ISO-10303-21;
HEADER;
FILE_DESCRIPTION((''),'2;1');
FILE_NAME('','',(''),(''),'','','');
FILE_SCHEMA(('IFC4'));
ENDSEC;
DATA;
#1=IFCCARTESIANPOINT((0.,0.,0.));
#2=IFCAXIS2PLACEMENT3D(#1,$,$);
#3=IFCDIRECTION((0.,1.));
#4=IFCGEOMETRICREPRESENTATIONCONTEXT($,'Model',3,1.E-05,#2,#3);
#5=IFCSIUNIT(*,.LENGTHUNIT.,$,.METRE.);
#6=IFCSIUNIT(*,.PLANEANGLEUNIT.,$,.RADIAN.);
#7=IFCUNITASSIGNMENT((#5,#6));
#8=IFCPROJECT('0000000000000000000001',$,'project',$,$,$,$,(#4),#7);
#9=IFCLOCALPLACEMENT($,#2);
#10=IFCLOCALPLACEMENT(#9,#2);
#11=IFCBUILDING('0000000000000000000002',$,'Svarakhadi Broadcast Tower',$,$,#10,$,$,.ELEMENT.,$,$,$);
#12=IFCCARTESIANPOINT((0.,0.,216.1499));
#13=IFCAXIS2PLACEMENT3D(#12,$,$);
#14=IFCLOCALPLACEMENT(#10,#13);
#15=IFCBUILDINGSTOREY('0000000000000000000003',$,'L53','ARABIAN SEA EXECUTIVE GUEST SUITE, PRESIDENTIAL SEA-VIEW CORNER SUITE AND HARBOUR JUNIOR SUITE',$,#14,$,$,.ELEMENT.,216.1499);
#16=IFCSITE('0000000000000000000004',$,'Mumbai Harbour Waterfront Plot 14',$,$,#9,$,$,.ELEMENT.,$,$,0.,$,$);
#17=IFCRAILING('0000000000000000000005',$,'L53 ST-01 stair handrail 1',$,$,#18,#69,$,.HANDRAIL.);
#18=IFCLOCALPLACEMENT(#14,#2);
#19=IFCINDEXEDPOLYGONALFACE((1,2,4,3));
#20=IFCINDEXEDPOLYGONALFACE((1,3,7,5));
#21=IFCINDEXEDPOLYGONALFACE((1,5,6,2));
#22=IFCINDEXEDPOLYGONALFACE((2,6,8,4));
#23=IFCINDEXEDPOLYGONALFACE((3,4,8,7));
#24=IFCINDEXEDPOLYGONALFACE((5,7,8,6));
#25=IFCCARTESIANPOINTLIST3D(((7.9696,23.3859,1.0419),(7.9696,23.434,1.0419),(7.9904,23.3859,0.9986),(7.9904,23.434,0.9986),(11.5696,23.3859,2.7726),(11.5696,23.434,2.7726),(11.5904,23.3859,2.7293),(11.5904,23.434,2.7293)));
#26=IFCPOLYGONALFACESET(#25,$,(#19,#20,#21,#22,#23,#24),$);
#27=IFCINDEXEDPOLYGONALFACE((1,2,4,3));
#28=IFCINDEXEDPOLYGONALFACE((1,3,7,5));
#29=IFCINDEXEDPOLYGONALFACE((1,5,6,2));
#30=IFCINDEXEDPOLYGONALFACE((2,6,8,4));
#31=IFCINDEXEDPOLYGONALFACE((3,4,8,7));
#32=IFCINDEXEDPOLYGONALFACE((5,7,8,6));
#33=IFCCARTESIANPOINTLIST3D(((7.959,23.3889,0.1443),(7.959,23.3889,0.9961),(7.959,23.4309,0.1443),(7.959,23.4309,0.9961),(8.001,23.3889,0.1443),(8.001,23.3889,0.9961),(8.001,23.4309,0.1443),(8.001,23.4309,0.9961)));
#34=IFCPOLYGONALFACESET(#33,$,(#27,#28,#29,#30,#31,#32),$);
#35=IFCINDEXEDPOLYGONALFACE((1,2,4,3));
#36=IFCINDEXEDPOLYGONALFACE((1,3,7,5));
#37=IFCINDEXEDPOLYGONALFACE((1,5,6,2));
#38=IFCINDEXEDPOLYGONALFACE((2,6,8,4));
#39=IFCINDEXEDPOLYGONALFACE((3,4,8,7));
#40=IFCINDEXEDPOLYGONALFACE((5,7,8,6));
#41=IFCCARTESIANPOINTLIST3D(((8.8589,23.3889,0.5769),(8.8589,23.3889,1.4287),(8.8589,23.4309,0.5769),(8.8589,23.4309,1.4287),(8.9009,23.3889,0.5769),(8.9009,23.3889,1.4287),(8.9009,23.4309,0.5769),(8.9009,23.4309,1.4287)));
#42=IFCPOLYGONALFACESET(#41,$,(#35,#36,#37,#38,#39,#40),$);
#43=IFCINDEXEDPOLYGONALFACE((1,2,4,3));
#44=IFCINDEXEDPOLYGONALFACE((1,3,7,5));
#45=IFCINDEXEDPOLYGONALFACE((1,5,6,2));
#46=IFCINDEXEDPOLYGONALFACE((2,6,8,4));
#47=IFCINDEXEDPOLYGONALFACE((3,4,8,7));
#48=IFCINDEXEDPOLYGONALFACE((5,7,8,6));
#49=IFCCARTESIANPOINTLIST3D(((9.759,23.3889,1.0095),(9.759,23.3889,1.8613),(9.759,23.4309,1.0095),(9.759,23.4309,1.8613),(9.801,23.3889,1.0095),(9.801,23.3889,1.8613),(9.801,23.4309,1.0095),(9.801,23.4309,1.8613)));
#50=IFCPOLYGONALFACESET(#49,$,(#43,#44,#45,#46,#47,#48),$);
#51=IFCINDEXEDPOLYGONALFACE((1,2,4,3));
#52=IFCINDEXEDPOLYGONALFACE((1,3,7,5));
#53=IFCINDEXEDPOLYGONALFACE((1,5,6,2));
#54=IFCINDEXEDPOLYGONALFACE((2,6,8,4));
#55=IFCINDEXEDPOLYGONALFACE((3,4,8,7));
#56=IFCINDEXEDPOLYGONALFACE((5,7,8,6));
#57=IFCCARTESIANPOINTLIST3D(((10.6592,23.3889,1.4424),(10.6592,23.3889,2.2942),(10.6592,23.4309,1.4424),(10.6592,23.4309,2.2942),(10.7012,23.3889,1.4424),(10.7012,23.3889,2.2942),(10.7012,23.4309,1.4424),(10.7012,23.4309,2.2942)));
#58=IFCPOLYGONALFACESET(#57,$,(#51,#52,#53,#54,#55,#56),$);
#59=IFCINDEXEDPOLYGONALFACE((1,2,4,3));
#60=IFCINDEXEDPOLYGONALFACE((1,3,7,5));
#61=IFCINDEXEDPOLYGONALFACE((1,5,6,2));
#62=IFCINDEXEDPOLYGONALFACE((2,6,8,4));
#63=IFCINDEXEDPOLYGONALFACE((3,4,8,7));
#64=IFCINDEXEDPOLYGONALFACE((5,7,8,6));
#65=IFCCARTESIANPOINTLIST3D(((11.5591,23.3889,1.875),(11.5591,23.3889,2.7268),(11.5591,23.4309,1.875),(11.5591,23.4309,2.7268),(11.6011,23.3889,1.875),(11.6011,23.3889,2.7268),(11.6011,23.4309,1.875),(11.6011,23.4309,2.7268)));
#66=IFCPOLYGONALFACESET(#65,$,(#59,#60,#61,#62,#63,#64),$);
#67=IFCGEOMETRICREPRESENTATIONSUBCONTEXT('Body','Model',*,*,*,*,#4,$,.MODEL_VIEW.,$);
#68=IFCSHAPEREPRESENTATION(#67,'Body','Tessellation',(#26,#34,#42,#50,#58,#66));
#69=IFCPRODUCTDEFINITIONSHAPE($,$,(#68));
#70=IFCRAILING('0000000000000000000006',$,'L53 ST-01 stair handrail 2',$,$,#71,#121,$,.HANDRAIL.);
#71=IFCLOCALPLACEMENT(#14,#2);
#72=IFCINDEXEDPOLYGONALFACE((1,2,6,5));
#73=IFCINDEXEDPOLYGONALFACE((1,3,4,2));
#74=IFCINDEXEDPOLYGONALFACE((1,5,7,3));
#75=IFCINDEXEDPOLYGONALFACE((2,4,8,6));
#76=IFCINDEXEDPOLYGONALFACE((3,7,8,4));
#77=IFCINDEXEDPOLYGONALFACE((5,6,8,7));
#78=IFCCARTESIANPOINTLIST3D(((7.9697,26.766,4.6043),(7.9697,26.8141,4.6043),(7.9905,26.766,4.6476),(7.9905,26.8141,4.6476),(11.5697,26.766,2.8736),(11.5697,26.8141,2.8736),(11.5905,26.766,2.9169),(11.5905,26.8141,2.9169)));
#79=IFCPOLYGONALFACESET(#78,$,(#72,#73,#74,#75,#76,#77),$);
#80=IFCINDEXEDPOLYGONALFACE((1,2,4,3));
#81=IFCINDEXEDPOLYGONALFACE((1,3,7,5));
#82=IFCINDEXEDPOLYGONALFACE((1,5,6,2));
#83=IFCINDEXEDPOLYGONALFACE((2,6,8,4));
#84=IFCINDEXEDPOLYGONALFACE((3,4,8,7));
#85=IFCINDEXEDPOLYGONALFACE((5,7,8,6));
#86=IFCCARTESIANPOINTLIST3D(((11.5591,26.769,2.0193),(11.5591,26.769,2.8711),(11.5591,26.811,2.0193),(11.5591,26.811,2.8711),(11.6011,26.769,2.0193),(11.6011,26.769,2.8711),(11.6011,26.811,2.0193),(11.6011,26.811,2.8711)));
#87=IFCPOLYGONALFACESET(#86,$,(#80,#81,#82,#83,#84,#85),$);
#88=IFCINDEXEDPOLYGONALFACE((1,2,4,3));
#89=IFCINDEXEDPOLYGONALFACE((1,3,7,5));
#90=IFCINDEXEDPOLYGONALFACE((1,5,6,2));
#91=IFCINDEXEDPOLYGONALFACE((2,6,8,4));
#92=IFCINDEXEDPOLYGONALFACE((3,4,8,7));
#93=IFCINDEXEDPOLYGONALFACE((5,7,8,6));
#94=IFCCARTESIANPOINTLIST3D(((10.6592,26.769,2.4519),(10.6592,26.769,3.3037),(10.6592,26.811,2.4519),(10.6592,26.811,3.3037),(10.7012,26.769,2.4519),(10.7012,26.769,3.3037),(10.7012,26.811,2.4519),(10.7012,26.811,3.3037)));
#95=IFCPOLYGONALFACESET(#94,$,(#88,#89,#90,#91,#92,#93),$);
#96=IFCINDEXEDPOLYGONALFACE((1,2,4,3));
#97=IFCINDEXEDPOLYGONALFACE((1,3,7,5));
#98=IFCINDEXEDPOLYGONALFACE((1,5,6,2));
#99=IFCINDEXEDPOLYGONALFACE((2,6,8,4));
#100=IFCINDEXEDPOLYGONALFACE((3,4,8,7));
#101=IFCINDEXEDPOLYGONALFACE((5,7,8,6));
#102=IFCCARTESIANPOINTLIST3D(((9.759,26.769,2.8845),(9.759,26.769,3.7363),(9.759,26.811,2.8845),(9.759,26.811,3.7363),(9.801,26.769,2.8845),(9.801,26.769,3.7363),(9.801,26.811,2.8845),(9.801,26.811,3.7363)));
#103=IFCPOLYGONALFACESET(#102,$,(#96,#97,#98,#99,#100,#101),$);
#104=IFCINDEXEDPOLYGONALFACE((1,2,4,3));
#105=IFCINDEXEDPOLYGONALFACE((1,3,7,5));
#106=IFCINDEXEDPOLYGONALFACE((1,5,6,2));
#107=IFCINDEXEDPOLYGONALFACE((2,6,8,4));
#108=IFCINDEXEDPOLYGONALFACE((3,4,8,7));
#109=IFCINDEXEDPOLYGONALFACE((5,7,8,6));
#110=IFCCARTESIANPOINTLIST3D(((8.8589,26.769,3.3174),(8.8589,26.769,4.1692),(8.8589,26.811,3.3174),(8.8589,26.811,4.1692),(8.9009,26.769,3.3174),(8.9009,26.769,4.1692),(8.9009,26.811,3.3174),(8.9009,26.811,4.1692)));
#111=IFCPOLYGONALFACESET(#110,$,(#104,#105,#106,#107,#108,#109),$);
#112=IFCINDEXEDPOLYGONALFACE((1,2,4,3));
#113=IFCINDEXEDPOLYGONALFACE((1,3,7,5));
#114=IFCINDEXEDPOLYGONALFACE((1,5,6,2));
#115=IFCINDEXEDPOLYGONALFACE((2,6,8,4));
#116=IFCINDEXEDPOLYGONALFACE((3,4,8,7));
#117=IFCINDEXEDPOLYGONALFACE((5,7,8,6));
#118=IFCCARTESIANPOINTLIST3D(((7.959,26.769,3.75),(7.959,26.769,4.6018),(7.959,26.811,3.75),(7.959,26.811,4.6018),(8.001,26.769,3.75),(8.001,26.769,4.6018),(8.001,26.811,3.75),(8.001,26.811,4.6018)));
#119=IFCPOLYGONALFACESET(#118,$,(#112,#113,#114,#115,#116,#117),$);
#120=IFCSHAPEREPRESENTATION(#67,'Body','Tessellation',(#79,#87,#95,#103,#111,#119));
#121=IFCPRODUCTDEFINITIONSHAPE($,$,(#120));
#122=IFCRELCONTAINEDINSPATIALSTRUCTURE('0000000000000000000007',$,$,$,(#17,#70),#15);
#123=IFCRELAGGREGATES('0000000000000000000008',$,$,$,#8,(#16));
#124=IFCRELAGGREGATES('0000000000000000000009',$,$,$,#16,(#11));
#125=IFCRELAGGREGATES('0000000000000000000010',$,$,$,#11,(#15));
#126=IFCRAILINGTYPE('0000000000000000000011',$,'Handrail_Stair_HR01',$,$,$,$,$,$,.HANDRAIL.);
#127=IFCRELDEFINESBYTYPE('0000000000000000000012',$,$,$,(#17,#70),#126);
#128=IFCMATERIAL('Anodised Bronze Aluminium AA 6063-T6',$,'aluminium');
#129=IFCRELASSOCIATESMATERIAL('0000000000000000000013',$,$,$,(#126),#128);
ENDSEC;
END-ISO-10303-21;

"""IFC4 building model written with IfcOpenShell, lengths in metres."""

from ifc_helpers import new_model, si_unit, direction, frame, origin, origin_2d, place, context, subcontext, project, spatial, rectangle, extrude, material, type_object, element, save


model = new_model("IFC4")

# Units and contexts
model_context = context("Model", 3, precision=1e-05, world=origin(), true_north=direction((0.0, 1.0)))
body_context = subcontext(model_context, "Body", "Model", "MODEL_VIEW")
ifc_project = project(units=[si_unit("LENGTHUNIT", "METRE"), si_unit("PLANEANGLEUNIT", "RADIAN")], contexts=[model_context])

# Site, building, storey
site_placement = place(None, origin())
site = spatial("IfcSite", under=ifc_project, at=site_placement, Name="Mumbai Harbour Waterfront Plot 14", CompositionType="ELEMENT", RefElevation=0.0)
building_placement = place(site_placement, origin())
building = spatial("IfcBuilding", under=site, at=building_placement, Name="Svarakhadi Broadcast Tower", CompositionType="ELEMENT")
storey_placement = place(building_placement, frame((0.0, 0.0, 216.1499)))
storey = spatial("IfcBuildingStorey", under=building, at=storey_placement, Name="L53", Description="ARABIAN SEA EXECUTIVE GUEST SUITE, PRESIDENTIAL SEA-VIEW CORNER SUITE AND HARBOUR JUNIOR SUITE", CompositionType="ELEMENT", Elevation=216.1499)

# Railings
ifc_material_1 = material(Name="Anodised Bronze Aluminium AA 6063-T6", Category="aluminium")
railing_type_1 = type_object("IfcRailingType", Name="Handrail_Stair_HR01", PredefinedType="HANDRAIL", material=ifc_material_1)
railing_1_placement = place(storey_placement, frame((7.98, 23.4099, 0.1443)))
element("IfcRailing", 1, at=railing_1_placement, inside=storey, type_object=railing_type_1, Name="L53 ST-01 stair handrail 1", PredefinedType="HANDRAIL", context=body_context, shape_type="SweptSolid", body=[
    extrude(rectangle(XDim=0.0481, YDim=0.0481, at=origin_2d()), frame((0.0, 0.0, 0.876), z_axis=(0.901263, 0.0, 0.433273), x_axis=(0.0, 1.0, 0.0)), (0.0, 0.0, 1.0), 3.9944),
    extrude(rectangle(XDim=0.042, YDim=0.042, at=origin_2d()), origin(), (0.0, 0.0, 1.0), 0.8518),
    extrude(rectangle(XDim=0.042, YDim=0.042, at=origin_2d()), frame((0.8999, 0.0, 0.4326)), (0.0, 0.0, 1.0), 0.8518),
    extrude(rectangle(XDim=0.042, YDim=0.042, at=origin_2d()), frame((1.8, 0.0, 0.8652)), (0.0, 0.0, 1.0), 0.8518),
    extrude(rectangle(XDim=0.042, YDim=0.042, at=origin_2d()), frame((2.7002, 0.0, 1.2981)), (0.0, 0.0, 1.0), 0.8518),
    extrude(rectangle(XDim=0.042, YDim=0.042, at=origin_2d()), frame((3.6001, 0.0, 1.7307)), (0.0, 0.0, 1.0), 0.8518),
])
railing_2_placement = place(storey_placement, frame((11.5801, 26.79, 2.0193)))
element("IfcRailing", 2, at=railing_2_placement, inside=storey, type_object=railing_type_1, Name="L53 ST-01 stair handrail 2", PredefinedType="HANDRAIL", context=body_context, shape_type="SweptSolid", body=[
    extrude(rectangle(XDim=0.0481, YDim=0.0481, at=origin_2d()), frame((0.0, 0.0, 0.876), z_axis=(-0.901263, 0.0, 0.433273), x_axis=(0.0, -1.0, 0.0)), (0.0, 0.0, 1.0), 3.9944),
    extrude(rectangle(XDim=0.042, YDim=0.042, at=origin_2d()), origin(), (0.0, 0.0, 1.0), 0.8518),
    extrude(rectangle(XDim=0.042, YDim=0.042, at=origin_2d()), frame((-0.8999, 0.0, 0.4326)), (0.0, 0.0, 1.0), 0.8518),
    extrude(rectangle(XDim=0.042, YDim=0.042, at=origin_2d()), frame((-1.8, 0.0, 0.8652)), (0.0, 0.0, 1.0), 0.8518),
    extrude(rectangle(XDim=0.042, YDim=0.042, at=origin_2d()), frame((-2.7002, 0.0, 1.2981)), (0.0, 0.0, 1.0), 0.8518),
    extrude(rectangle(XDim=0.042, YDim=0.042, at=origin_2d()), frame((-3.6001, 0.0, 1.7307)), (0.0, 0.0, 1.0), 0.8518),
])

save(model, "model.ifc")
